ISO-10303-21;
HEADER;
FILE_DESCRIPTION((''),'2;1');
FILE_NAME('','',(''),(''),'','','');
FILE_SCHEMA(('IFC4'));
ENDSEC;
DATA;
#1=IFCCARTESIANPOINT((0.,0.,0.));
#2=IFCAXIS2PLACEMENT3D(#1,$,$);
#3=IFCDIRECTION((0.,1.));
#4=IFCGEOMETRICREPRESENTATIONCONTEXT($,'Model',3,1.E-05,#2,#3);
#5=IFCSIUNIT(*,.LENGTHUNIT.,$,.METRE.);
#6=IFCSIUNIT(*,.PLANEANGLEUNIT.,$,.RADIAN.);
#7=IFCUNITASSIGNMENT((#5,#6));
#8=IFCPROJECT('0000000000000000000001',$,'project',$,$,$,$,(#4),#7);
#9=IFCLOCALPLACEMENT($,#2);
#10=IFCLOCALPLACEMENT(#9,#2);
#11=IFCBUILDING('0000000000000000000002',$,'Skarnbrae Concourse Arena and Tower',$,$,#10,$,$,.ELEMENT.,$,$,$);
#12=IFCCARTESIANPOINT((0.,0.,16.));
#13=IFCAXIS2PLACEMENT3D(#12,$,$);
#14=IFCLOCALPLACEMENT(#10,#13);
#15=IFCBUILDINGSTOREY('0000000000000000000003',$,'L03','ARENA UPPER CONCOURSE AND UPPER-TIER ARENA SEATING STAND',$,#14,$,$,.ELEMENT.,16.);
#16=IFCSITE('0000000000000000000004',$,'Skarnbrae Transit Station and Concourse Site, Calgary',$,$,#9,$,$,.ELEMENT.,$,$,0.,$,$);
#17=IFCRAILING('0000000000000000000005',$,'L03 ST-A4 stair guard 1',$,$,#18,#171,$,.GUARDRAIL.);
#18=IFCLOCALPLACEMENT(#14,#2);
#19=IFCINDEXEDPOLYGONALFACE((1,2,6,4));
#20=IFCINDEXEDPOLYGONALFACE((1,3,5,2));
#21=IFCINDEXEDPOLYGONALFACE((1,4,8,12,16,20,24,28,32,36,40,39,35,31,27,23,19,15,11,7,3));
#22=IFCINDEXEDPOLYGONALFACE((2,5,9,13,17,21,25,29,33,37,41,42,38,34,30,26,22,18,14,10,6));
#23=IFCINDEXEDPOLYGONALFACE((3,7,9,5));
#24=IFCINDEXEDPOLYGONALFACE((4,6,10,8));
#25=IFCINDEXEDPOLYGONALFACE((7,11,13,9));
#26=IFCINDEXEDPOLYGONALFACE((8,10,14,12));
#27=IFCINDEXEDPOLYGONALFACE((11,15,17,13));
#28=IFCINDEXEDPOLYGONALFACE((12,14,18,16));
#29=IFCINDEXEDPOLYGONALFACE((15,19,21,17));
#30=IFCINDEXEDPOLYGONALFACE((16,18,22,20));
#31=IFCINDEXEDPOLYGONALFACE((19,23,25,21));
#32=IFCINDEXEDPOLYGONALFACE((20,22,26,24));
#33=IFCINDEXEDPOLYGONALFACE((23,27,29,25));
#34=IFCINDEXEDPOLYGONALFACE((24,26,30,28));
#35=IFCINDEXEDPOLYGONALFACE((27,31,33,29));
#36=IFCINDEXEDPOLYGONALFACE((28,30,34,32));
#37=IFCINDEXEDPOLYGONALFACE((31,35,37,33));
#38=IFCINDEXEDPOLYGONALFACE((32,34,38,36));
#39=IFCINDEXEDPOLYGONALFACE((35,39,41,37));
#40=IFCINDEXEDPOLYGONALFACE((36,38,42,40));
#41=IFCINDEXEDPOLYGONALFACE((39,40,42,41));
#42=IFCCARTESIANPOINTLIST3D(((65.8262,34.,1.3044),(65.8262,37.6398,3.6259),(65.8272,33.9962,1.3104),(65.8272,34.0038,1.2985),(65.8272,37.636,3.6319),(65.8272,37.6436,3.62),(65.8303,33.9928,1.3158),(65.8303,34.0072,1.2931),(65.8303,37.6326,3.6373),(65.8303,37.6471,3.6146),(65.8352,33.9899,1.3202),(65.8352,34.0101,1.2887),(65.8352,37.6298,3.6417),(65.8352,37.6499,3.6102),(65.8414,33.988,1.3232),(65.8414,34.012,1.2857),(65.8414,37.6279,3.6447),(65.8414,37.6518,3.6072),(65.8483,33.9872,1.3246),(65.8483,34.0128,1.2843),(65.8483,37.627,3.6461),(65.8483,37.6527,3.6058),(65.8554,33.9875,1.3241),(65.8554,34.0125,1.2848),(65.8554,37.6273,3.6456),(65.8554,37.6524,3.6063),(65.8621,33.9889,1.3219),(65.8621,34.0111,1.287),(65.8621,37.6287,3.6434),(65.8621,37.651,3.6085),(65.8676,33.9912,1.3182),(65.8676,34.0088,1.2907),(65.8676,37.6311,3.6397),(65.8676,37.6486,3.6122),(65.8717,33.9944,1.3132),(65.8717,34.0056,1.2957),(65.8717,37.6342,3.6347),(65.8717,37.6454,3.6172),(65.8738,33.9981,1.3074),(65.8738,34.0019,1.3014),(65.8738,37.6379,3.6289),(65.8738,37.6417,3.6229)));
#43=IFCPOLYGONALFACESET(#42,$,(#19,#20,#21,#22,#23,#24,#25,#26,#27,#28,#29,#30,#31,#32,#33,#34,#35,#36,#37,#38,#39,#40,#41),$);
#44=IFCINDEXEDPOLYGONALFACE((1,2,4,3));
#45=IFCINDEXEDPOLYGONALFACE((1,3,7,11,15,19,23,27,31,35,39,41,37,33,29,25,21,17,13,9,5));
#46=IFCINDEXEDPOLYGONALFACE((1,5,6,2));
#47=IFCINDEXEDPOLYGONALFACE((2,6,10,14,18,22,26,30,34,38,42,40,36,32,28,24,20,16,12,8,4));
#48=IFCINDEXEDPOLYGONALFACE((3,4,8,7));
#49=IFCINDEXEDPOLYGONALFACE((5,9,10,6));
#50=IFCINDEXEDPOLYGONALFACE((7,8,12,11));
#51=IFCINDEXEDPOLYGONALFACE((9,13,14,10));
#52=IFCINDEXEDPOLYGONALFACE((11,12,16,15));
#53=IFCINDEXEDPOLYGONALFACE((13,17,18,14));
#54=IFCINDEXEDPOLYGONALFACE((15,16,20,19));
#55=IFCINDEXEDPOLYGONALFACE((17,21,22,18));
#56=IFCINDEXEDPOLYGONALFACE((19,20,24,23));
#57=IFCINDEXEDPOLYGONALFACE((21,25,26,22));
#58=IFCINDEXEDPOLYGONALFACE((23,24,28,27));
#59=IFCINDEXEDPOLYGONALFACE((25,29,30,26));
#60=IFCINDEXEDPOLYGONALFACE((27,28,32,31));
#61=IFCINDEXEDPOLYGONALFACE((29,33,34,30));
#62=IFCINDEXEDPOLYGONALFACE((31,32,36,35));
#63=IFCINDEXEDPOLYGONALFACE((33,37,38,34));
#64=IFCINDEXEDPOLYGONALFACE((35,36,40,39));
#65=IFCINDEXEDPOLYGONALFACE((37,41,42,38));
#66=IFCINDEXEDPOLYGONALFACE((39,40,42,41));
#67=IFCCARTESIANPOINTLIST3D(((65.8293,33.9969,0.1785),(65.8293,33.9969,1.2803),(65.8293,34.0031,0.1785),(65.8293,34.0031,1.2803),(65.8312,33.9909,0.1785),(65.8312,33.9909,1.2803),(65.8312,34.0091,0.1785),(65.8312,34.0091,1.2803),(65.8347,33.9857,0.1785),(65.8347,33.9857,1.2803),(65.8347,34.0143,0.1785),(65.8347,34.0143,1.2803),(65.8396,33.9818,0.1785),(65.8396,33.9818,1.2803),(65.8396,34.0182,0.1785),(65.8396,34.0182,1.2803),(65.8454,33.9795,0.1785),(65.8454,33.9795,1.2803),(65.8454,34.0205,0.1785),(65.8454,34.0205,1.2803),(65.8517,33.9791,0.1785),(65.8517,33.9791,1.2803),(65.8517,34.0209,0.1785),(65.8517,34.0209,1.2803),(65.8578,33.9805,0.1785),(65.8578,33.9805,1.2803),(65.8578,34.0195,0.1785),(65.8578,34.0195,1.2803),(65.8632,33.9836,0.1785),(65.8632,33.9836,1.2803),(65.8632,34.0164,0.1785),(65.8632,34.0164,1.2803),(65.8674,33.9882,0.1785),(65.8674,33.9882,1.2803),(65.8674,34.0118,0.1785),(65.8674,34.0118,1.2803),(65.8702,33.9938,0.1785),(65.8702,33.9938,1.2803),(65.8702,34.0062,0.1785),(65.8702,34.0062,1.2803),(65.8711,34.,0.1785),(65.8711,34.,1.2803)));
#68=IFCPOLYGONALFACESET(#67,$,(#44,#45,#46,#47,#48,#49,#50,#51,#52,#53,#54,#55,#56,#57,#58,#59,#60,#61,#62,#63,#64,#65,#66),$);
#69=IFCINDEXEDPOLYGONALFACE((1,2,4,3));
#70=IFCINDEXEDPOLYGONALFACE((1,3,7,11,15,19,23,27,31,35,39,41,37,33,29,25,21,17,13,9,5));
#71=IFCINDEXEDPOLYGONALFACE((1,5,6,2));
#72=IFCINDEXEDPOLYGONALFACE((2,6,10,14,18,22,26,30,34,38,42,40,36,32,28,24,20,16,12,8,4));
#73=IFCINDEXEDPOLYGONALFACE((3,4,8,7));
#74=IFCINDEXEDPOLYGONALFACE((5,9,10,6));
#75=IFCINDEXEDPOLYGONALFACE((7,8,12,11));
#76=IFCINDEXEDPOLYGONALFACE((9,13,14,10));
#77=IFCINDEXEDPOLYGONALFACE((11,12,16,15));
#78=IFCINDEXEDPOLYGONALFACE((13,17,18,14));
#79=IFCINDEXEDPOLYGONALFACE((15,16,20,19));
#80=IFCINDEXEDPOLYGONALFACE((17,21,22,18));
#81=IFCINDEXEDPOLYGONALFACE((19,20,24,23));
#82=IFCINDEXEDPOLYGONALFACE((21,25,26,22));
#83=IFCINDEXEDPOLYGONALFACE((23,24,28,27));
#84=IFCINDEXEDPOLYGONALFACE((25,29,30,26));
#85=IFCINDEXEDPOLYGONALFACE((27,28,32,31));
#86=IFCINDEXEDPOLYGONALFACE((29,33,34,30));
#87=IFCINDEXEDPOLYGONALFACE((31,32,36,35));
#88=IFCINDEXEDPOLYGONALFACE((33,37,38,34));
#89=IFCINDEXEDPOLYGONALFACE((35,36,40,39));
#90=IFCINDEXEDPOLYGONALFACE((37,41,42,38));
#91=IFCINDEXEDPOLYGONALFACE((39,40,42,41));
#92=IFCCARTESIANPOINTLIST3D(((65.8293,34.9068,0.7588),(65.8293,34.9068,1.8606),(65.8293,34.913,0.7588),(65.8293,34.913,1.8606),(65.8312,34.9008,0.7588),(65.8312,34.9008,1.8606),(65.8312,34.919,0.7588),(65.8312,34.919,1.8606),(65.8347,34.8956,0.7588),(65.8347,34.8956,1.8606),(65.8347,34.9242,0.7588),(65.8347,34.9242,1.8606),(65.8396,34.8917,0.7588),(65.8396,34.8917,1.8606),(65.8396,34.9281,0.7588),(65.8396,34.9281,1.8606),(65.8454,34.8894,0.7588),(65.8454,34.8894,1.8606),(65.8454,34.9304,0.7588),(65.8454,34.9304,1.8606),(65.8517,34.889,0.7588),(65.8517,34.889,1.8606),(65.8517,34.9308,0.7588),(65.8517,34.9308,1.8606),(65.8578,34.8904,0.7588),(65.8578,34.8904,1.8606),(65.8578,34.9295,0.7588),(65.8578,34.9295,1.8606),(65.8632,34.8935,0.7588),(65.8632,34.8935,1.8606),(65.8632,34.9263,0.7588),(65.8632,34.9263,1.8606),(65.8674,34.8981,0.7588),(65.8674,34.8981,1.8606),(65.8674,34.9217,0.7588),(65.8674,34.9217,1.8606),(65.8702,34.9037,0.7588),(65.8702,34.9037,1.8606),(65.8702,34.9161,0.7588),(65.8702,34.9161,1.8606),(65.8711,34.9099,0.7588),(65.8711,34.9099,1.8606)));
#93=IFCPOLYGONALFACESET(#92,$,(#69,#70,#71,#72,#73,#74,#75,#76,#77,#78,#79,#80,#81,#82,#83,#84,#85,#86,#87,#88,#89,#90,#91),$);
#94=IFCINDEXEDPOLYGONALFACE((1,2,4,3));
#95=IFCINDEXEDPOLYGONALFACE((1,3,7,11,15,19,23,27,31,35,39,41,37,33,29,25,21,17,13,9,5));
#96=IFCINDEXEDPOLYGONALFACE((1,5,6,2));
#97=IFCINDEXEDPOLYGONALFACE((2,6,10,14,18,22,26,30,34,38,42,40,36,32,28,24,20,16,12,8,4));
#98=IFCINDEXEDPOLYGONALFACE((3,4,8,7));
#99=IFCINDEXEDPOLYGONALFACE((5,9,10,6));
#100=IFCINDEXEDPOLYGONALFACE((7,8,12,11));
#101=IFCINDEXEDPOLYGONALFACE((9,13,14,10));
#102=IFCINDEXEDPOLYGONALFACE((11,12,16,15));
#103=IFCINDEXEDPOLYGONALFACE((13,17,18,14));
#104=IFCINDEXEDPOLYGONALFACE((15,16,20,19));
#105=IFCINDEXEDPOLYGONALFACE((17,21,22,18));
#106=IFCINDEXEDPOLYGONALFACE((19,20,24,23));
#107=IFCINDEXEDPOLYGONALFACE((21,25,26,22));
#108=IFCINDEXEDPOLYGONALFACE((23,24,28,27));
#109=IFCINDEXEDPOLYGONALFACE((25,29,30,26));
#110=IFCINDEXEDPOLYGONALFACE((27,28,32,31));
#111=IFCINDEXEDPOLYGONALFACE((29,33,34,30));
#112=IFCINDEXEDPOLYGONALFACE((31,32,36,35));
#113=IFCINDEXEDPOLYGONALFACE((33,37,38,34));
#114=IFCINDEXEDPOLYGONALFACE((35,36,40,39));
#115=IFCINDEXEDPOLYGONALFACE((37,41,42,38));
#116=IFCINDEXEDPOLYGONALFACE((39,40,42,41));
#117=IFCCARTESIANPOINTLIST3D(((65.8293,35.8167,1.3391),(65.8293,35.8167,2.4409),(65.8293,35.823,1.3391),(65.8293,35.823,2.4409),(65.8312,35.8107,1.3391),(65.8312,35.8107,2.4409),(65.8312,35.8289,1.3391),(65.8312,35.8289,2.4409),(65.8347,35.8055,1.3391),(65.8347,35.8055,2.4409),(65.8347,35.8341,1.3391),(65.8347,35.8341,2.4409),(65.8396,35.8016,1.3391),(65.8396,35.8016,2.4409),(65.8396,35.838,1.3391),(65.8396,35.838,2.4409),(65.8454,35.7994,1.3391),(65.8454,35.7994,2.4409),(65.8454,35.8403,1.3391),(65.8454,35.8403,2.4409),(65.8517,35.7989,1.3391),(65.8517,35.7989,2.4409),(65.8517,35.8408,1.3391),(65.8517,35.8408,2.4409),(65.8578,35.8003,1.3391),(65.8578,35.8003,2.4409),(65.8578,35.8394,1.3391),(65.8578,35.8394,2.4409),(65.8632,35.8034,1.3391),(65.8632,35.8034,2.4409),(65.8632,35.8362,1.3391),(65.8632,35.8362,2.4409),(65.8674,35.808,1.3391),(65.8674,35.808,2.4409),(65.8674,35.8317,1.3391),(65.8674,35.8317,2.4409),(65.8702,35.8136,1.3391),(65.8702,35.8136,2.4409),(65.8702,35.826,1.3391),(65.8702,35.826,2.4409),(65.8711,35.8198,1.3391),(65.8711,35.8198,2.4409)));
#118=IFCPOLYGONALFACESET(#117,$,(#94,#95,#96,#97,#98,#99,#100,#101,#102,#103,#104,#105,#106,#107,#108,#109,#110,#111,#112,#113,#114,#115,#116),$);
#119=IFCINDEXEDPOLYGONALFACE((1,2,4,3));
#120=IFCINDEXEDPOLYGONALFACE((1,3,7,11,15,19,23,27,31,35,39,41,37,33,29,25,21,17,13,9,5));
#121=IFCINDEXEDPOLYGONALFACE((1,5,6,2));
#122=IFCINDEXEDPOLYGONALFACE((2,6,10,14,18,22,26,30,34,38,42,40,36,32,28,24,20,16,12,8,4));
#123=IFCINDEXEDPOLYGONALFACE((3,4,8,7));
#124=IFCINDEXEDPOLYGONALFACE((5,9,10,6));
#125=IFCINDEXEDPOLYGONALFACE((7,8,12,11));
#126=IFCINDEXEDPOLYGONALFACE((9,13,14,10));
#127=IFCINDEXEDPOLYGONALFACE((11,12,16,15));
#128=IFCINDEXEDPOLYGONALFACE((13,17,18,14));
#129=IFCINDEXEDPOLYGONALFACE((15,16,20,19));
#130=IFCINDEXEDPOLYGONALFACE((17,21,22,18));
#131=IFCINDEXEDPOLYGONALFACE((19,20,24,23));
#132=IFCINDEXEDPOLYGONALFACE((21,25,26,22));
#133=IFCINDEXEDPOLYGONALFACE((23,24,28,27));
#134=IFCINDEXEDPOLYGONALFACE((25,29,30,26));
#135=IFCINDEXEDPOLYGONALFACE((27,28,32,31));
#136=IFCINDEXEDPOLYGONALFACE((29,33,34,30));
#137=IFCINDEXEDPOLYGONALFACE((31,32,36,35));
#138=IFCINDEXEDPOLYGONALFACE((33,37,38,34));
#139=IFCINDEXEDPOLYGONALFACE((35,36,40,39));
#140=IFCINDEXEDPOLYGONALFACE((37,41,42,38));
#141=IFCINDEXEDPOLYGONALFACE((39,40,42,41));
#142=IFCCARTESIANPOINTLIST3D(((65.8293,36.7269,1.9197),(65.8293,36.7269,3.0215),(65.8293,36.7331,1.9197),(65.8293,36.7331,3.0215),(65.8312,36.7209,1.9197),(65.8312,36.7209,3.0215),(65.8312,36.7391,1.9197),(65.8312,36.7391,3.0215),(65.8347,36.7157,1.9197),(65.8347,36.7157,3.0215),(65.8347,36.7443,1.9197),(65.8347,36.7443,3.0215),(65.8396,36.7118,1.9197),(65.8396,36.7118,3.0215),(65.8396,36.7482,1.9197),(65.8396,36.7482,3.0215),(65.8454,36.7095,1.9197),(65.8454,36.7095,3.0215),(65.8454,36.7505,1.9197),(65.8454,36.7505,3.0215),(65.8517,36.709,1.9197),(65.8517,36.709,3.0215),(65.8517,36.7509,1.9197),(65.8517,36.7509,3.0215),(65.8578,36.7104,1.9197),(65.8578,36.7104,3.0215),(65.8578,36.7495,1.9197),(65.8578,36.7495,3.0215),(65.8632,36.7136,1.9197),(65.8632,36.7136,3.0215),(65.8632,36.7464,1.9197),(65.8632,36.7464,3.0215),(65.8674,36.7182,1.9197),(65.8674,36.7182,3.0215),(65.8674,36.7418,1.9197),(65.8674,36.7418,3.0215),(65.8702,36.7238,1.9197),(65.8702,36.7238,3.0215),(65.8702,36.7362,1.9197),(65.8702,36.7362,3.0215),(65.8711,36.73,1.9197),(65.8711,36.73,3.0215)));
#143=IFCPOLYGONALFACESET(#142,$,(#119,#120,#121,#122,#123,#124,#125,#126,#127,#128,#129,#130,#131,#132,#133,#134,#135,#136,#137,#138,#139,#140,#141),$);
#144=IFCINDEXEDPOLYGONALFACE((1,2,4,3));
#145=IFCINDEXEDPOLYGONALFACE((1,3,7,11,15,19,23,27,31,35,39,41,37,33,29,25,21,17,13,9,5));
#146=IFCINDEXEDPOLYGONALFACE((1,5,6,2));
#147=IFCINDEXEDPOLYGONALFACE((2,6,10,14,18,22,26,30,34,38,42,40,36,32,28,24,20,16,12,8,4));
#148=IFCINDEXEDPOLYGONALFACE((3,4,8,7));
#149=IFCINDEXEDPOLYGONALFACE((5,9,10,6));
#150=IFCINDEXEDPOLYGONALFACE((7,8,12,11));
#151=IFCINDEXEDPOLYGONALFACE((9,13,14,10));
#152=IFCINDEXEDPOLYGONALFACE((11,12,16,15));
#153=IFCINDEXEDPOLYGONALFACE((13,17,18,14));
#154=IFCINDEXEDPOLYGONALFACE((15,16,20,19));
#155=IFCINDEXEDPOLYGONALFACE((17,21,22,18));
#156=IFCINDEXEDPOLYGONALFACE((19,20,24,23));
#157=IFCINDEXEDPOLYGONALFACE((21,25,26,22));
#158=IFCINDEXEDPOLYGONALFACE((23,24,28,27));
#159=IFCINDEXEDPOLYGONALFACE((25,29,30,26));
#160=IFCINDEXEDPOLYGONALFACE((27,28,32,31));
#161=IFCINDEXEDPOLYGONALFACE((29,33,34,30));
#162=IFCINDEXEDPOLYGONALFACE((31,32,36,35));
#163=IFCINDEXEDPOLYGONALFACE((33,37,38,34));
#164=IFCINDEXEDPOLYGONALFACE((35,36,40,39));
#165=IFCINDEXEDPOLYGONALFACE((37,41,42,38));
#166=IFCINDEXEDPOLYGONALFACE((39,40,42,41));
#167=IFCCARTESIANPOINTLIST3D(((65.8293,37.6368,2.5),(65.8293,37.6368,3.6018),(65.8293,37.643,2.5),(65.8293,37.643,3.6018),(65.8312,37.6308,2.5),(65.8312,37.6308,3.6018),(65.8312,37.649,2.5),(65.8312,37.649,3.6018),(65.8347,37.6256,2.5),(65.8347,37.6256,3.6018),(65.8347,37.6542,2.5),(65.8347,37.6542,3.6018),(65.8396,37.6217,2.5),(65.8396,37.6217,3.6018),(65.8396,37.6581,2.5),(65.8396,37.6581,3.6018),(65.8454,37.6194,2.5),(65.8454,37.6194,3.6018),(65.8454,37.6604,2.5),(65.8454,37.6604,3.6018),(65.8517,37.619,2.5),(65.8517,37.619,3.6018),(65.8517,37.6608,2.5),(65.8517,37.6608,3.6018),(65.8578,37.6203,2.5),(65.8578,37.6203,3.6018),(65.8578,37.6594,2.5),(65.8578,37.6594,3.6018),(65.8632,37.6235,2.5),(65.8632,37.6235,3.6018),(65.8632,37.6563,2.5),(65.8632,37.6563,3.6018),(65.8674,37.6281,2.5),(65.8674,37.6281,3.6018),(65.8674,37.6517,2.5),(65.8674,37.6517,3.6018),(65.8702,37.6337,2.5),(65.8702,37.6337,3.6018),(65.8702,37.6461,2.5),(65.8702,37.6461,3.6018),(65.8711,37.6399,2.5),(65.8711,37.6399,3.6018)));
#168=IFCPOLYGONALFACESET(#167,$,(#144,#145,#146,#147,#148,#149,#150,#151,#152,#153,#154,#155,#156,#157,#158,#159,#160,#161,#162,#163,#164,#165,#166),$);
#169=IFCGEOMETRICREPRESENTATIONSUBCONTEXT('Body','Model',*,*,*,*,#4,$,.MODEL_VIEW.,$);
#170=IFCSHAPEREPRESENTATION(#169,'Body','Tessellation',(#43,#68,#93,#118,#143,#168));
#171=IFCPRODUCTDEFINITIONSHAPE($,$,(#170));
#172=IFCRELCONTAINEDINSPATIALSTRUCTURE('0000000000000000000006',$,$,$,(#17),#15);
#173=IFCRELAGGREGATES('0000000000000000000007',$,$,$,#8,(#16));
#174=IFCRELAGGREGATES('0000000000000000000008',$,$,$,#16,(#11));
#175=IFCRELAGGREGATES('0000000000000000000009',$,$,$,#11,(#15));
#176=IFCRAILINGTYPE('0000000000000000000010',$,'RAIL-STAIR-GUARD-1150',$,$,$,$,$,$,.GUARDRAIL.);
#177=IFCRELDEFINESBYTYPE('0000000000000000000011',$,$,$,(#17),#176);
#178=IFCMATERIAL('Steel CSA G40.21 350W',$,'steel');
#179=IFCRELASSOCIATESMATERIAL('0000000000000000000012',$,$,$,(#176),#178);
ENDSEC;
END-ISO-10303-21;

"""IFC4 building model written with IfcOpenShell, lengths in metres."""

from ifc_helpers import new_model, si_unit, direction, frame, origin, origin_2d, place, context, subcontext, project, spatial, circle, extrude, material, type_object, element, save


model = new_model("IFC4")

# Units and contexts
model_context = context("Model", 3, precision=1e-05, world=origin(), true_north=direction((0.0, 1.0)))
body_context = subcontext(model_context, "Body", "Model", "MODEL_VIEW")
ifc_project = project(units=[si_unit("LENGTHUNIT", "METRE"), si_unit("PLANEANGLEUNIT", "RADIAN")], contexts=[model_context])

# Site, building, storey
site_placement = place(None, origin())
site = spatial("IfcSite", under=ifc_project, at=site_placement, Name="Skarnbrae Transit Station and Concourse Site, Calgary", CompositionType="ELEMENT", RefElevation=0.0)
building_placement = place(site_placement, origin())
building = spatial("IfcBuilding", under=site, at=building_placement, Name="Skarnbrae Concourse Arena and Tower", CompositionType="ELEMENT")
storey_placement = place(building_placement, frame((0.0, 0.0, 16.0)))
storey = spatial("IfcBuildingStorey", under=building, at=storey_placement, Name="L03", Description="ARENA UPPER CONCOURSE AND UPPER-TIER ARENA SEATING STAND", CompositionType="ELEMENT", Elevation=16.0)

# Shared definitions
ifc_material_1 = material(Name="Steel CSA G40.21 350W", Category="steel")

# Railing
railing_type_1 = type_object("IfcRailingType", Name="RAIL-STAIR-GUARD-1150", PredefinedType="GUARDRAIL", material=ifc_material_1)
railing_1_placement = place(storey_placement, frame((65.8501, 34.0, 0.1785)))
element("IfcRailing", 1, at=railing_1_placement, inside=storey, type_object=railing_type_1, Name="L03 ST-A4 stair guard 1", PredefinedType="GUARDRAIL", context=body_context, shape_type="SweptSolid", body=[
    extrude(circle(Radius=0.0239, at=origin_2d()), frame((0.0, 0.0, 1.126), z_axis=(0.0, 0.843112, 0.537739), x_axis=(-1.0, 0.0, 0.0)), (0.0, 0.0, 1.0), 4.3171),
    extrude(circle(Radius=0.021, at=origin_2d()), origin(), (0.0, 0.0, 1.0), 1.1018),
    extrude(circle(Radius=0.021, at=origin_2d()), frame((0.0, 0.9099, 0.5803)), (0.0, 0.0, 1.0), 1.1018),
    extrude(circle(Radius=0.021, at=origin_2d()), frame((0.0, 1.8198, 1.1606)), (0.0, 0.0, 1.0), 1.1018),
    extrude(circle(Radius=0.021, at=origin_2d()), frame((0.0, 2.73, 1.7412)), (0.0, 0.0, 1.0), 1.1018),
    extrude(circle(Radius=0.021, at=origin_2d()), frame((0.0, 3.6399, 2.3215)), (0.0, 0.0, 1.0), 1.1018),
])

save(model, "model.ifc")
